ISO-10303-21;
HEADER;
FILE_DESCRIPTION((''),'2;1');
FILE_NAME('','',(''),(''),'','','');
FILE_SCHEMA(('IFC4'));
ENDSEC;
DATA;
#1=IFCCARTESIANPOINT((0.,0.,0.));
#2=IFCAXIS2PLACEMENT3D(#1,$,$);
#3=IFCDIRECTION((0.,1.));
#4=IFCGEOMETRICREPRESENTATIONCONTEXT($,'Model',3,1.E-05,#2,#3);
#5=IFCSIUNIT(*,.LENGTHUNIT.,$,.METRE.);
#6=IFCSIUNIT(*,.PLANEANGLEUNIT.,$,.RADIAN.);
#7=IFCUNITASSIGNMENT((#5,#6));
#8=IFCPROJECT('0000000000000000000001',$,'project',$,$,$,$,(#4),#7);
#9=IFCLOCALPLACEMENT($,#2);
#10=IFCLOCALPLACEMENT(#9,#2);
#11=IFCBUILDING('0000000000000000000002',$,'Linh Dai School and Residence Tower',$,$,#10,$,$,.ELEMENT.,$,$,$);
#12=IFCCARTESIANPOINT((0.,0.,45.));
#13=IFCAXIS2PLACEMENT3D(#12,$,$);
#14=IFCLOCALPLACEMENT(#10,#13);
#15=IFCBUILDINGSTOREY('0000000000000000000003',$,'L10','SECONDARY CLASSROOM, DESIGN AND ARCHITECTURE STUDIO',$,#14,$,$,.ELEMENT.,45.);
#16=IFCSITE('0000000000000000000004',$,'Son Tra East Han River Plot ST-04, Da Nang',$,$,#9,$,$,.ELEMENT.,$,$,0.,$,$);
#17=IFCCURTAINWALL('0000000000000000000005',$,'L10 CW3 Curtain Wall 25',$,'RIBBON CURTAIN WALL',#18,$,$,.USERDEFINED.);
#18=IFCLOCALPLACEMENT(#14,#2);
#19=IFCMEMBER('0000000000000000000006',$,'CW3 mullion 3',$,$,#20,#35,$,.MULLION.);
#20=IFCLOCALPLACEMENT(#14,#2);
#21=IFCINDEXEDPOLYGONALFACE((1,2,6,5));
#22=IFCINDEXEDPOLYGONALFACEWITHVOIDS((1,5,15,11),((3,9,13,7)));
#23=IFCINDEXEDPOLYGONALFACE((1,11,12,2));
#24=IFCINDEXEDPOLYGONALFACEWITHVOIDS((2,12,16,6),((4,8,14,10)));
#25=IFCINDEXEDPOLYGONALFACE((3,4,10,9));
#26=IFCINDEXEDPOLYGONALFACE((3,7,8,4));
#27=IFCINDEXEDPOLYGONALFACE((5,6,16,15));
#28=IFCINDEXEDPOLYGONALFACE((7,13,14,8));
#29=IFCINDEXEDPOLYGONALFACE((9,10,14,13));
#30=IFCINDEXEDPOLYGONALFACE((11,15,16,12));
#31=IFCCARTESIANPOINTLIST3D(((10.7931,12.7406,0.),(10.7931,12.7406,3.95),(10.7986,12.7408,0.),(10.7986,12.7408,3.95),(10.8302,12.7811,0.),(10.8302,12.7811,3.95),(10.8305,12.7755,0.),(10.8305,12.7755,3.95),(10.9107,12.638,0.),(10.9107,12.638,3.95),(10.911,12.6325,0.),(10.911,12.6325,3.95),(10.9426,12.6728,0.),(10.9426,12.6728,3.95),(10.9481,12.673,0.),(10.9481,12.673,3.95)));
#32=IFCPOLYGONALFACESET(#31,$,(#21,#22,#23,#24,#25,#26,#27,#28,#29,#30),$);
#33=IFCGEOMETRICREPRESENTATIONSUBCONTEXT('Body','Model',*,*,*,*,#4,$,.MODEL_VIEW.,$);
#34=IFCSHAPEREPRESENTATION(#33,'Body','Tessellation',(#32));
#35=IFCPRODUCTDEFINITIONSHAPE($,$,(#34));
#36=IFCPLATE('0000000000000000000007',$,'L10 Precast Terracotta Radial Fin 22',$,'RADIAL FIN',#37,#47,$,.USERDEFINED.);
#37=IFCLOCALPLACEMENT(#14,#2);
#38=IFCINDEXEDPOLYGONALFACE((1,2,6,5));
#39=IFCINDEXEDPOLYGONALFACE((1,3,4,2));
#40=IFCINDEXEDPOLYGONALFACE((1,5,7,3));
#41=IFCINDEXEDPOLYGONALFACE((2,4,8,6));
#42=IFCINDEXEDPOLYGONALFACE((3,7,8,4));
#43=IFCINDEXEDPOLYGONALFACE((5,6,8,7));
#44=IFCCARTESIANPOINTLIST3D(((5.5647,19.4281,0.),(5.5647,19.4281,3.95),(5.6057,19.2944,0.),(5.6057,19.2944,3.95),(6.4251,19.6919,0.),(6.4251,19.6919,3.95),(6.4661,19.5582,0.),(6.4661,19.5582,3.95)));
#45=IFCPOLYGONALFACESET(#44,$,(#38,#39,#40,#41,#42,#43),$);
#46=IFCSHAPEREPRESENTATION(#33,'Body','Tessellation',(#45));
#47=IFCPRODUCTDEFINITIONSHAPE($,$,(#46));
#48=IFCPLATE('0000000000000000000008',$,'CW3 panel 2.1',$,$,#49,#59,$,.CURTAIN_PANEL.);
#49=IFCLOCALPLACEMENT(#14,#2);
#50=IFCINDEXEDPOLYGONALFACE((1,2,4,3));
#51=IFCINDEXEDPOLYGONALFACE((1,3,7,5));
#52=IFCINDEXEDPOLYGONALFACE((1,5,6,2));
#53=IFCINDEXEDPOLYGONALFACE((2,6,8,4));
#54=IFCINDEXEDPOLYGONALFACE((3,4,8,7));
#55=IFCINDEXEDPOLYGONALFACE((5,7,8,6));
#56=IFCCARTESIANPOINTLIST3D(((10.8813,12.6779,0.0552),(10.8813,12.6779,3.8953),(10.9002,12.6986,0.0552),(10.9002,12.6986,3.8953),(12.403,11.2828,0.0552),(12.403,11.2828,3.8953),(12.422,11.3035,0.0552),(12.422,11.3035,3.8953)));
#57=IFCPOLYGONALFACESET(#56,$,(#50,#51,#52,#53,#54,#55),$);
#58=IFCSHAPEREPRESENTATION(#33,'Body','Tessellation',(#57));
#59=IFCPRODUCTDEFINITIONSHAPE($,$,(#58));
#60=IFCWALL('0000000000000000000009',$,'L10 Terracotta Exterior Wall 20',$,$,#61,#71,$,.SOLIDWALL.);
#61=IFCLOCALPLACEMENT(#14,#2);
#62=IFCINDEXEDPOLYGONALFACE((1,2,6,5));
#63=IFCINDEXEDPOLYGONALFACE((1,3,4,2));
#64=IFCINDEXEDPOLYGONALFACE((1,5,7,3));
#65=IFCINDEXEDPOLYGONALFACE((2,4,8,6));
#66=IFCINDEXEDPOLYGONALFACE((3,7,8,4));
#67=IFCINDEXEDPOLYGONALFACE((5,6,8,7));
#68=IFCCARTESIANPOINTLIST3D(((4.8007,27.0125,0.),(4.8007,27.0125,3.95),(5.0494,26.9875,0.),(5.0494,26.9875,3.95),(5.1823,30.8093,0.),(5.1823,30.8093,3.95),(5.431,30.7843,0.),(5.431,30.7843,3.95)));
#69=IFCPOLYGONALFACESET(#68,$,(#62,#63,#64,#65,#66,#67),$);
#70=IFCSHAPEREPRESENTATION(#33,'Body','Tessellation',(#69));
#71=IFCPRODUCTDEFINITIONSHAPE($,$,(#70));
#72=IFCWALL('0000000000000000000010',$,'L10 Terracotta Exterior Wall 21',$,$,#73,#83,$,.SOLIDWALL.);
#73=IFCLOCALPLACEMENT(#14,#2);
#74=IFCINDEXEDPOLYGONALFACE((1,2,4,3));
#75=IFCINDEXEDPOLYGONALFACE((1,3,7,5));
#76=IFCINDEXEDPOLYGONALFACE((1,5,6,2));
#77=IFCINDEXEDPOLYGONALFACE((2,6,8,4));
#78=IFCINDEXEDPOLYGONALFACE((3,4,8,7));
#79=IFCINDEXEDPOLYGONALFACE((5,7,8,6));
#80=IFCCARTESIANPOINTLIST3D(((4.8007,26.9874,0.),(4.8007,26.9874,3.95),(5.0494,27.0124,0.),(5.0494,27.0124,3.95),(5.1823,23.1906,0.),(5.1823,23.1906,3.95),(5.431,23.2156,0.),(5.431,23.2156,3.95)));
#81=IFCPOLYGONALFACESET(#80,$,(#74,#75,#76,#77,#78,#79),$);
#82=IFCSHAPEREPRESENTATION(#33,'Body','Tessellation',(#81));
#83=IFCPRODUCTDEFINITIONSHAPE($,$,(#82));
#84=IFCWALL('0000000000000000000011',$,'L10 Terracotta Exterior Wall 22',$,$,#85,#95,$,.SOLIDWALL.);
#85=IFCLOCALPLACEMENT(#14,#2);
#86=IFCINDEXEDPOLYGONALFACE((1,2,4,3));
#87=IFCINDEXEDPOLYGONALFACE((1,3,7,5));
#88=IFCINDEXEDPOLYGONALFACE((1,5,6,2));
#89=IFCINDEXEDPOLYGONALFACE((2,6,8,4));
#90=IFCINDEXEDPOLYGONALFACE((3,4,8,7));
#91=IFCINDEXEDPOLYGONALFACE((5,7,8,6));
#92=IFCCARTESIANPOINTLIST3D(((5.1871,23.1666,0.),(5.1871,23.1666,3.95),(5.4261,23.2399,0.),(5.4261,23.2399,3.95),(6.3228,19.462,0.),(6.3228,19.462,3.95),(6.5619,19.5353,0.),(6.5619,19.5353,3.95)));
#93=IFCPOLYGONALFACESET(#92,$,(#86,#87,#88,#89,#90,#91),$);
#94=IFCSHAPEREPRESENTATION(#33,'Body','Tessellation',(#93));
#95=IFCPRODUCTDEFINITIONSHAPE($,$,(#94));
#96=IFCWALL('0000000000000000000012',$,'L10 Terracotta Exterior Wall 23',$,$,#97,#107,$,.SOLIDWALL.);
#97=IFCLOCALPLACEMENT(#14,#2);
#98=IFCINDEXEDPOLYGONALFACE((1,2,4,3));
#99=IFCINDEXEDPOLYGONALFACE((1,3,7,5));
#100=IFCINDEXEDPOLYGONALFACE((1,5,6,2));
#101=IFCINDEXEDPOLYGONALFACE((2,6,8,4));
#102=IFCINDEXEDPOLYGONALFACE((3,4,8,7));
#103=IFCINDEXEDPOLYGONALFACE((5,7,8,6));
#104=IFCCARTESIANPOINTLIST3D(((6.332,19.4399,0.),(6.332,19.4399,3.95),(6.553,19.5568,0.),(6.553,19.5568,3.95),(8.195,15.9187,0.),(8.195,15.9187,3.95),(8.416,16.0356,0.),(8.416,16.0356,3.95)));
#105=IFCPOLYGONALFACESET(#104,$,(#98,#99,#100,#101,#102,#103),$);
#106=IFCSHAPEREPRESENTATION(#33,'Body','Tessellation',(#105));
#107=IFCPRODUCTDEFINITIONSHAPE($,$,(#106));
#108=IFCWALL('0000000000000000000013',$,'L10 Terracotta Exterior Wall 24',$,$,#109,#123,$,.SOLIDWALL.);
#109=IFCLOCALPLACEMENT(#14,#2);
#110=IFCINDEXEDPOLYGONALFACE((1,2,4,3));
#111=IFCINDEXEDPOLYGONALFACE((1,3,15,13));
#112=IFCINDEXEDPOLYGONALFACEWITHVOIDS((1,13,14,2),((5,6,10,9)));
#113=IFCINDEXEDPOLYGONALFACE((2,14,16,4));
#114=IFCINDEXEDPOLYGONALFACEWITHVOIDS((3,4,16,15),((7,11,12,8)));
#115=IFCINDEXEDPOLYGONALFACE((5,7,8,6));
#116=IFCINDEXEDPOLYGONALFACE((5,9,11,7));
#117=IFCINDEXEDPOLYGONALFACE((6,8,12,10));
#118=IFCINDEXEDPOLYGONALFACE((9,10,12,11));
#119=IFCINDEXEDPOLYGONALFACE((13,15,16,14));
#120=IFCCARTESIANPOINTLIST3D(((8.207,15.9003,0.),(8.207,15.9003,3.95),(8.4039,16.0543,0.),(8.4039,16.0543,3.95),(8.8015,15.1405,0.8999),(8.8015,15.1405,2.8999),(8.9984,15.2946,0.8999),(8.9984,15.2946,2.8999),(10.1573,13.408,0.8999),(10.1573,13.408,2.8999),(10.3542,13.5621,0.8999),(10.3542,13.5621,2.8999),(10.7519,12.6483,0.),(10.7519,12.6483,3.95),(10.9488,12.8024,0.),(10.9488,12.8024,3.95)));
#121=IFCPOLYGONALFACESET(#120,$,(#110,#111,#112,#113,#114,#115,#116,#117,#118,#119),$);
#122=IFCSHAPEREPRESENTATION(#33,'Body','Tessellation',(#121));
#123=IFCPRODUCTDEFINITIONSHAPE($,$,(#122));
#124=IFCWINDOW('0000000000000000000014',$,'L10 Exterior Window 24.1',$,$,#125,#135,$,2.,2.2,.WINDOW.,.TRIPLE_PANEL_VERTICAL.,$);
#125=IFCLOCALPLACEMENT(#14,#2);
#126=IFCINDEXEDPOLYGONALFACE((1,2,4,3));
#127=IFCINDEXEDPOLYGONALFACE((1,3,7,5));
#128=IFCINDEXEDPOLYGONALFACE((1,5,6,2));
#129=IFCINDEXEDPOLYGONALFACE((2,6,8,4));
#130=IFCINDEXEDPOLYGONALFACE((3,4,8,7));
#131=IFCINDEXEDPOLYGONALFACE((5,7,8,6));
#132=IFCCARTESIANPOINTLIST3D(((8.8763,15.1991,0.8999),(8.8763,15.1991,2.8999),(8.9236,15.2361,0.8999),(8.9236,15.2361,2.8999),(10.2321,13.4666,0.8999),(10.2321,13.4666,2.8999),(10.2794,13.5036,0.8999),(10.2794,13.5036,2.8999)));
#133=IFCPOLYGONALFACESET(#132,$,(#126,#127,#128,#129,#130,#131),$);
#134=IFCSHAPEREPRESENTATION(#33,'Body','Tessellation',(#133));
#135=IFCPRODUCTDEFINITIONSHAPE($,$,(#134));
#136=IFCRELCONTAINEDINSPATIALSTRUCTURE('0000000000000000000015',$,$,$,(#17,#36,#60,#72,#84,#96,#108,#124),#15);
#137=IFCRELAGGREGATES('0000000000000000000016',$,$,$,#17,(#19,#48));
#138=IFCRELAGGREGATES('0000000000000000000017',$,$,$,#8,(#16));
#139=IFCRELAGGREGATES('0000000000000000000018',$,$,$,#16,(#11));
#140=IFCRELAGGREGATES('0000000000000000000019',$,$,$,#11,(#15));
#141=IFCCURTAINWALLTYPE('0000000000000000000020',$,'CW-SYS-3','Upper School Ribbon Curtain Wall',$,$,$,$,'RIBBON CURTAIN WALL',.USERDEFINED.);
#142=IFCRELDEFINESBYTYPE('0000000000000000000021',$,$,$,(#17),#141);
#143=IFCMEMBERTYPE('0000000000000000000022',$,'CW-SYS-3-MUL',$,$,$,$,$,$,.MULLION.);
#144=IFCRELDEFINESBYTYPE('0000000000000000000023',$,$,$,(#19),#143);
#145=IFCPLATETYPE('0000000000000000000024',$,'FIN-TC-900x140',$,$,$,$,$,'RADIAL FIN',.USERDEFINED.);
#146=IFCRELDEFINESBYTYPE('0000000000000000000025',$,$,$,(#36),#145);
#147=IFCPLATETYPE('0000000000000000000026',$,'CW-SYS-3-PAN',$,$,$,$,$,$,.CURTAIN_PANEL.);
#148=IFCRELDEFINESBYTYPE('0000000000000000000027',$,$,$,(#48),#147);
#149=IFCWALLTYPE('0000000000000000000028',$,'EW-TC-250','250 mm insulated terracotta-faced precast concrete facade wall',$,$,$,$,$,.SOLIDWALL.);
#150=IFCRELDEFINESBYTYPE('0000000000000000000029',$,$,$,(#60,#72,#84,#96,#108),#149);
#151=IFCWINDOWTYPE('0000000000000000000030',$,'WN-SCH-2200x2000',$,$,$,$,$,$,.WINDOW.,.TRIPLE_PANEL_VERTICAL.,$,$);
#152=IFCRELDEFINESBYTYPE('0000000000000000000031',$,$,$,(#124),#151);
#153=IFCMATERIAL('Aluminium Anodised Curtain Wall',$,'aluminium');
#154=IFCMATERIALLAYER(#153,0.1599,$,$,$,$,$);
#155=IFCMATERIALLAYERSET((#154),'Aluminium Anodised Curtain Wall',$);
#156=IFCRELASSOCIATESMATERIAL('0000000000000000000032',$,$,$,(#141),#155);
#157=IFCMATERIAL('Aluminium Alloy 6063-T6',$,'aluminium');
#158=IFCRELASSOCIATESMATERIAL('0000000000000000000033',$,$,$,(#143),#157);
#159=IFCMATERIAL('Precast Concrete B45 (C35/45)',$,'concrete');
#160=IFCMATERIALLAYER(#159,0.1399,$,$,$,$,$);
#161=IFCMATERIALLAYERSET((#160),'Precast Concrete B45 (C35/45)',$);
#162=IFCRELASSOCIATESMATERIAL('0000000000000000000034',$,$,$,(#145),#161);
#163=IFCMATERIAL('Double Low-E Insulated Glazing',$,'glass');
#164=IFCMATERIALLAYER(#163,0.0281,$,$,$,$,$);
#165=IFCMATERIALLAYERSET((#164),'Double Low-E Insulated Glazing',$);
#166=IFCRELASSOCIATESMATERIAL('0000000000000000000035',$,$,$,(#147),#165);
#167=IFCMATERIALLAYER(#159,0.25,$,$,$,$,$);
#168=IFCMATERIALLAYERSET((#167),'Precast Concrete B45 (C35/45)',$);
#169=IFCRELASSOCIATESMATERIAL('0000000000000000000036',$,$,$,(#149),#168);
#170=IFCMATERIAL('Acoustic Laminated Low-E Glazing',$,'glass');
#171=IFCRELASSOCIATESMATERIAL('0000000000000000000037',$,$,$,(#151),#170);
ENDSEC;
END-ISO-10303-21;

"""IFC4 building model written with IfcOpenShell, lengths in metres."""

from ifc_helpers import new_model, si_unit, direction, frame, frame_2d, origin, origin_2d, place, context, subcontext, project, spatial, rectangle, hollow_rectangle, extrude, source, transform, mapped, material, layer, layer_set, material_profile, profile_set, type_object, element, fill, aggregate, save


model = new_model("IFC4")

# Units and contexts
model_context = context("Model", 3, precision=1e-05, world=origin(), true_north=direction((0.0, 1.0)))
body_context = subcontext(model_context, "Body", "Model", "MODEL_VIEW")
ifc_project = project(units=[si_unit("LENGTHUNIT", "METRE"), si_unit("PLANEANGLEUNIT", "RADIAN")], contexts=[model_context])

# Site, building, storey
site_placement = place(None, origin())
site = spatial("IfcSite", under=ifc_project, at=site_placement, Name="Son Tra East Han River Plot ST-04, Da Nang", CompositionType="ELEMENT", RefElevation=0.0)
building_placement = place(site_placement, origin())
building = spatial("IfcBuilding", under=site, at=building_placement, Name="Linh Dai School and Residence Tower", CompositionType="ELEMENT")
storey_placement = place(building_placement, frame((0.0, 0.0, 45.0)))
storey = spatial("IfcBuildingStorey", under=building, at=storey_placement, Name="L10", Description="SECONDARY CLASSROOM, DESIGN AND ARCHITECTURE STUDIO", CompositionType="ELEMENT", Elevation=45.0)

# Curtain wall, member
ifc_material_1 = material(Name="Aluminium Anodised Curtain Wall", Category="aluminium")
ifc_layer_1 = layer(ifc_material_1, 0.1599)
ifc_layer_set_1 = layer_set([ifc_layer_1], Name="Aluminium Anodised Curtain Wall")
curtain_wall_type = type_object("IfcCurtainWallType", Name="CW-SYS-3", Description="Upper School Ribbon Curtain Wall", ElementType="RIBBON CURTAIN WALL", PredefinedType="USERDEFINED", material=ifc_layer_set_1)
curtain_wall_placement = place(storey_placement, origin())
curtain_wall = element("IfcCurtainWall", 1, at=curtain_wall_placement, inside=storey, type_object=curtain_wall_type, Name="L10 CW3 Curtain Wall 25", ObjectType="RIBBON CURTAIN WALL", PredefinedType="USERDEFINED")
ifc_material_2 = material(Name="Aluminium Alloy 6063-T6", Category="aluminium")
ifc_material_profile_1 = material_profile(ifc_material_2, hollow_rectangle(XDim=0.0549, YDim=0.1599, WallThickness=0.0039, at=origin_2d()), Name="RHS 160x55x4")
ifc_profile_set_1 = profile_set([ifc_material_profile_1], Name="Aluminium Alloy 6063-T6")
member_type = type_object("IfcMemberType", Name="CW-SYS-3-MUL", PredefinedType="MULLION", material=ifc_profile_set_1)
shared_shape_1 = source(origin(), body_context, "Body", "SweptSolid", [
    extrude(hollow_rectangle(XDim=0.0549, YDim=0.1599, WallThickness=0.0039, at=origin_2d()), origin(), (0.0, 0.0, 1.0), 3.95),
])
member_placement = place(storey_placement, frame((10.8706, 12.7068, 0.0), z_axis=(0.0, 0.0, 1.0), x_axis=(-0.675769, -0.737113, 0.0)))
member = element("IfcMember", 2, at=member_placement, type_object=member_type, Name="CW3 mullion 3", PredefinedType="MULLION", context=body_context, shape_type="MappedRepresentation", body=[
    mapped(shared_shape_1, transform((0.0, 0.0, 0.0), x_axis=(1.0, 0.0, 0.0), y_axis=(0.0, 1.0, 0.0), z_axis=(0.0, 0.0, 1.0), scale=1.0)),
])

# Plates
ifc_material_3 = material(Name="Precast Concrete B45 (C35/45)", Category="concrete")
ifc_layer_2 = layer(ifc_material_3, 0.1399)
ifc_layer_set_2 = layer_set([ifc_layer_2], Name="Precast Concrete B45 (C35/45)")
plate_type_1 = type_object("IfcPlateType", Name="FIN-TC-900x140", ElementType="RADIAL FIN", PredefinedType="USERDEFINED", material=ifc_layer_set_2)
shared_shape_2 = source(origin(), body_context, "Body", "SweptSolid", [
    extrude(rectangle(XDim=0.8999, YDim=0.1399, at=origin_2d()), origin(), (0.0, 0.0, 1.0), 3.95),
])
plate_1_placement = place(storey_placement, frame((6.0154, 19.4932, 0.0), z_axis=(0.0, 0.0, 1.0), x_axis=(-0.956068, -0.293146, 0.0)))
element("IfcPlate", 3, at=plate_1_placement, inside=storey, type_object=plate_type_1, Name="L10 Precast Terracotta Radial Fin 22", ObjectType="RADIAL FIN", PredefinedType="USERDEFINED", context=body_context, shape_type="MappedRepresentation", body=[
    mapped(shared_shape_2, transform((0.0, 0.0, 0.0), x_axis=(1.0, 0.0, 0.0), y_axis=(0.0, 1.0, 0.0), z_axis=(0.0, 0.0, 1.0), scale=1.0)),
])
ifc_material_4 = material(Name="Double Low-E Insulated Glazing", Category="glass")
ifc_layer_3 = layer(ifc_material_4, 0.0281)
ifc_layer_set_3 = layer_set([ifc_layer_3], Name="Double Low-E Insulated Glazing")
plate_type_2 = type_object("IfcPlateType", Name="CW-SYS-3-PAN", PredefinedType="CURTAIN_PANEL", material=ifc_layer_set_3)
shared_shape_3 = source(origin(), body_context, "Body", "SweptSolid", [
    extrude(rectangle(XDim=2.0645, YDim=0.0281, at=origin_2d()), origin(), (0.0, 0.0, 1.0), 3.8401),
])
plate_2_placement = place(storey_placement, frame((11.6516, 11.9907, 0.0552), z_axis=(0.0, 0.0, 1.0), x_axis=(-0.737113, 0.675769, 0.0)))
plate_2 = element("IfcPlate", 4, at=plate_2_placement, type_object=plate_type_2, Name="CW3 panel 2.1", PredefinedType="CURTAIN_PANEL", context=body_context, shape_type="MappedRepresentation", body=[
    mapped(shared_shape_3, transform((0.0, 0.0, 0.0), x_axis=(1.0, 0.0, 0.0), y_axis=(0.0, 1.0, 0.0), z_axis=(0.0, 0.0, 1.0), scale=1.0)),
])
aggregate(curtain_wall, [member, plate_2])

# Walls
ifc_layer_4 = layer(ifc_material_3, 0.25)
ifc_layer_set_4 = layer_set([ifc_layer_4], Name="Precast Concrete B45 (C35/45)")
wall_type_1 = type_object("IfcWallType", Name="EW-TC-250", Description="250 mm insulated terracotta-faced precast concrete facade wall", PredefinedType="SOLIDWALL", material=ifc_layer_set_4)
for number, where, z_axis, x_axis, name in (
    (5, (4.925, 27.0, 0.0), (0.0, 0.0, 1.0), (0.099998, 0.994988, 0.0), "L10 Terracotta Exterior Wall 20"),
    (6, (5.3066, 23.2031, 0.0), (0.0, 0.0, 1.0), (-0.099998, 0.994988, 0.0), "L10 Terracotta Exterior Wall 21"),
):
    element("IfcWall", number, at=place(storey_placement, frame(where, z_axis=z_axis, x_axis=x_axis)), inside=storey, type_object=wall_type_1, Name=name, PredefinedType="SOLIDWALL", context=body_context, shape_type="SweptSolid", body=[
        extrude(rectangle(XDim=3.8159, YDim=0.25, at=frame_2d((1.908, 0.0))), origin(), (0.0, 0.0, 1.0), 3.95),
    ])
wall_1_placement = place(storey_placement, frame((6.4424, 19.4985, 0.0), z_axis=(0.0, 0.0, 1.0), x_axis=(-0.293112, 0.956078, 0.0)))
element("IfcWall", 7, at=wall_1_placement, inside=storey, type_object=wall_type_1, Name="L10 Terracotta Exterior Wall 22", PredefinedType="SOLIDWALL", context=body_context, shape_type="SweptSolid", body=[
    extrude(rectangle(XDim=3.8748, YDim=0.25, at=frame_2d((1.9375, 0.0))), origin(), (0.0, 0.0, 1.0), 3.95),
])
wall_2_placement = place(storey_placement, frame((8.3054, 15.9773, 0.0), z_axis=(0.0, 0.0, 1.0), x_axis=(-0.467662, 0.883907, 0.0)))
element("IfcWall", 8, at=wall_2_placement, inside=storey, type_object=wall_type_1, Name="L10 Terracotta Exterior Wall 23", PredefinedType="SOLIDWALL", context=body_context, shape_type="SweptSolid", body=[
    extrude(rectangle(XDim=3.9836, YDim=0.25, at=frame_2d((1.9917, 0.0))), origin(), (0.0, 0.0, 1.0), 3.95),
])

# Wall, opening, window
wall_3_placement = place(storey_placement, frame((10.8503, 12.7253, 0.0), z_axis=(0.0, 0.0, 1.0), x_axis=(-0.616296, 0.787515, 0.0)))
wall_3 = element("IfcWall", 9, at=wall_3_placement, inside=storey, type_object=wall_type_1, Name="L10 Terracotta Exterior Wall 24", PredefinedType="SOLIDWALL", context=body_context, shape_type="SweptSolid", body=[
    extrude(rectangle(XDim=4.1294, YDim=0.25, at=frame_2d((2.0647, 0.0))), origin(), (0.0, 0.0, 1.0), 3.95),
])
opening_1_placement = place(wall_3_placement, frame((0.9646, 0.0, 0.8999)))
opening_1 = element("IfcOpeningElement", 10, at=opening_1_placement, cuts=wall_3, PredefinedType="OPENING", context=body_context, shape_type="SweptSolid", body=[
    extrude(rectangle(XDim=2.2, YDim=2.0, at=origin_2d()), frame((1.1001, 0.135, 1.0), z_axis=(0.0, -1.0, 0.0), x_axis=(1.0, 0.0, 0.0)), (0.0, 0.0, 1.0), 0.27),
])
ifc_material_5 = material(Name="Acoustic Laminated Low-E Glazing", Category="glass")
window_type = type_object("IfcWindowType", Name="WN-SCH-2200x2000", PartitioningType="TRIPLE_PANEL_VERTICAL", PredefinedType="WINDOW", material=ifc_material_5)
shared_shape_4 = source(origin(), body_context, "Body", "SweptSolid", [
    extrude(rectangle(XDim=2.2, YDim=2.0, at=origin_2d()), frame((1.1001, 0.03, 1.0), z_axis=(0.0, -1.0, 0.0), x_axis=(1.0, 0.0, 0.0)), (0.0, 0.0, 1.0), 0.0601),
])
window_placement = place(opening_1_placement, origin())
window = element("IfcWindow", 11, at=window_placement, inside=storey, type_object=window_type, Name="L10 Exterior Window 24.1", OverallHeight=2.0, OverallWidth=2.2, PartitioningType="TRIPLE_PANEL_VERTICAL", PredefinedType="WINDOW", context=body_context, shape_type="MappedRepresentation", body=[
    mapped(shared_shape_4, transform((0.0, 0.0, 0.0), x_axis=(1.0, 0.0, 0.0), y_axis=(0.0, 1.0, 0.0), z_axis=(0.0, 0.0, 1.0), scale=1.0)),
])
fill(opening_1, window)

save(model, "model.ifc")
